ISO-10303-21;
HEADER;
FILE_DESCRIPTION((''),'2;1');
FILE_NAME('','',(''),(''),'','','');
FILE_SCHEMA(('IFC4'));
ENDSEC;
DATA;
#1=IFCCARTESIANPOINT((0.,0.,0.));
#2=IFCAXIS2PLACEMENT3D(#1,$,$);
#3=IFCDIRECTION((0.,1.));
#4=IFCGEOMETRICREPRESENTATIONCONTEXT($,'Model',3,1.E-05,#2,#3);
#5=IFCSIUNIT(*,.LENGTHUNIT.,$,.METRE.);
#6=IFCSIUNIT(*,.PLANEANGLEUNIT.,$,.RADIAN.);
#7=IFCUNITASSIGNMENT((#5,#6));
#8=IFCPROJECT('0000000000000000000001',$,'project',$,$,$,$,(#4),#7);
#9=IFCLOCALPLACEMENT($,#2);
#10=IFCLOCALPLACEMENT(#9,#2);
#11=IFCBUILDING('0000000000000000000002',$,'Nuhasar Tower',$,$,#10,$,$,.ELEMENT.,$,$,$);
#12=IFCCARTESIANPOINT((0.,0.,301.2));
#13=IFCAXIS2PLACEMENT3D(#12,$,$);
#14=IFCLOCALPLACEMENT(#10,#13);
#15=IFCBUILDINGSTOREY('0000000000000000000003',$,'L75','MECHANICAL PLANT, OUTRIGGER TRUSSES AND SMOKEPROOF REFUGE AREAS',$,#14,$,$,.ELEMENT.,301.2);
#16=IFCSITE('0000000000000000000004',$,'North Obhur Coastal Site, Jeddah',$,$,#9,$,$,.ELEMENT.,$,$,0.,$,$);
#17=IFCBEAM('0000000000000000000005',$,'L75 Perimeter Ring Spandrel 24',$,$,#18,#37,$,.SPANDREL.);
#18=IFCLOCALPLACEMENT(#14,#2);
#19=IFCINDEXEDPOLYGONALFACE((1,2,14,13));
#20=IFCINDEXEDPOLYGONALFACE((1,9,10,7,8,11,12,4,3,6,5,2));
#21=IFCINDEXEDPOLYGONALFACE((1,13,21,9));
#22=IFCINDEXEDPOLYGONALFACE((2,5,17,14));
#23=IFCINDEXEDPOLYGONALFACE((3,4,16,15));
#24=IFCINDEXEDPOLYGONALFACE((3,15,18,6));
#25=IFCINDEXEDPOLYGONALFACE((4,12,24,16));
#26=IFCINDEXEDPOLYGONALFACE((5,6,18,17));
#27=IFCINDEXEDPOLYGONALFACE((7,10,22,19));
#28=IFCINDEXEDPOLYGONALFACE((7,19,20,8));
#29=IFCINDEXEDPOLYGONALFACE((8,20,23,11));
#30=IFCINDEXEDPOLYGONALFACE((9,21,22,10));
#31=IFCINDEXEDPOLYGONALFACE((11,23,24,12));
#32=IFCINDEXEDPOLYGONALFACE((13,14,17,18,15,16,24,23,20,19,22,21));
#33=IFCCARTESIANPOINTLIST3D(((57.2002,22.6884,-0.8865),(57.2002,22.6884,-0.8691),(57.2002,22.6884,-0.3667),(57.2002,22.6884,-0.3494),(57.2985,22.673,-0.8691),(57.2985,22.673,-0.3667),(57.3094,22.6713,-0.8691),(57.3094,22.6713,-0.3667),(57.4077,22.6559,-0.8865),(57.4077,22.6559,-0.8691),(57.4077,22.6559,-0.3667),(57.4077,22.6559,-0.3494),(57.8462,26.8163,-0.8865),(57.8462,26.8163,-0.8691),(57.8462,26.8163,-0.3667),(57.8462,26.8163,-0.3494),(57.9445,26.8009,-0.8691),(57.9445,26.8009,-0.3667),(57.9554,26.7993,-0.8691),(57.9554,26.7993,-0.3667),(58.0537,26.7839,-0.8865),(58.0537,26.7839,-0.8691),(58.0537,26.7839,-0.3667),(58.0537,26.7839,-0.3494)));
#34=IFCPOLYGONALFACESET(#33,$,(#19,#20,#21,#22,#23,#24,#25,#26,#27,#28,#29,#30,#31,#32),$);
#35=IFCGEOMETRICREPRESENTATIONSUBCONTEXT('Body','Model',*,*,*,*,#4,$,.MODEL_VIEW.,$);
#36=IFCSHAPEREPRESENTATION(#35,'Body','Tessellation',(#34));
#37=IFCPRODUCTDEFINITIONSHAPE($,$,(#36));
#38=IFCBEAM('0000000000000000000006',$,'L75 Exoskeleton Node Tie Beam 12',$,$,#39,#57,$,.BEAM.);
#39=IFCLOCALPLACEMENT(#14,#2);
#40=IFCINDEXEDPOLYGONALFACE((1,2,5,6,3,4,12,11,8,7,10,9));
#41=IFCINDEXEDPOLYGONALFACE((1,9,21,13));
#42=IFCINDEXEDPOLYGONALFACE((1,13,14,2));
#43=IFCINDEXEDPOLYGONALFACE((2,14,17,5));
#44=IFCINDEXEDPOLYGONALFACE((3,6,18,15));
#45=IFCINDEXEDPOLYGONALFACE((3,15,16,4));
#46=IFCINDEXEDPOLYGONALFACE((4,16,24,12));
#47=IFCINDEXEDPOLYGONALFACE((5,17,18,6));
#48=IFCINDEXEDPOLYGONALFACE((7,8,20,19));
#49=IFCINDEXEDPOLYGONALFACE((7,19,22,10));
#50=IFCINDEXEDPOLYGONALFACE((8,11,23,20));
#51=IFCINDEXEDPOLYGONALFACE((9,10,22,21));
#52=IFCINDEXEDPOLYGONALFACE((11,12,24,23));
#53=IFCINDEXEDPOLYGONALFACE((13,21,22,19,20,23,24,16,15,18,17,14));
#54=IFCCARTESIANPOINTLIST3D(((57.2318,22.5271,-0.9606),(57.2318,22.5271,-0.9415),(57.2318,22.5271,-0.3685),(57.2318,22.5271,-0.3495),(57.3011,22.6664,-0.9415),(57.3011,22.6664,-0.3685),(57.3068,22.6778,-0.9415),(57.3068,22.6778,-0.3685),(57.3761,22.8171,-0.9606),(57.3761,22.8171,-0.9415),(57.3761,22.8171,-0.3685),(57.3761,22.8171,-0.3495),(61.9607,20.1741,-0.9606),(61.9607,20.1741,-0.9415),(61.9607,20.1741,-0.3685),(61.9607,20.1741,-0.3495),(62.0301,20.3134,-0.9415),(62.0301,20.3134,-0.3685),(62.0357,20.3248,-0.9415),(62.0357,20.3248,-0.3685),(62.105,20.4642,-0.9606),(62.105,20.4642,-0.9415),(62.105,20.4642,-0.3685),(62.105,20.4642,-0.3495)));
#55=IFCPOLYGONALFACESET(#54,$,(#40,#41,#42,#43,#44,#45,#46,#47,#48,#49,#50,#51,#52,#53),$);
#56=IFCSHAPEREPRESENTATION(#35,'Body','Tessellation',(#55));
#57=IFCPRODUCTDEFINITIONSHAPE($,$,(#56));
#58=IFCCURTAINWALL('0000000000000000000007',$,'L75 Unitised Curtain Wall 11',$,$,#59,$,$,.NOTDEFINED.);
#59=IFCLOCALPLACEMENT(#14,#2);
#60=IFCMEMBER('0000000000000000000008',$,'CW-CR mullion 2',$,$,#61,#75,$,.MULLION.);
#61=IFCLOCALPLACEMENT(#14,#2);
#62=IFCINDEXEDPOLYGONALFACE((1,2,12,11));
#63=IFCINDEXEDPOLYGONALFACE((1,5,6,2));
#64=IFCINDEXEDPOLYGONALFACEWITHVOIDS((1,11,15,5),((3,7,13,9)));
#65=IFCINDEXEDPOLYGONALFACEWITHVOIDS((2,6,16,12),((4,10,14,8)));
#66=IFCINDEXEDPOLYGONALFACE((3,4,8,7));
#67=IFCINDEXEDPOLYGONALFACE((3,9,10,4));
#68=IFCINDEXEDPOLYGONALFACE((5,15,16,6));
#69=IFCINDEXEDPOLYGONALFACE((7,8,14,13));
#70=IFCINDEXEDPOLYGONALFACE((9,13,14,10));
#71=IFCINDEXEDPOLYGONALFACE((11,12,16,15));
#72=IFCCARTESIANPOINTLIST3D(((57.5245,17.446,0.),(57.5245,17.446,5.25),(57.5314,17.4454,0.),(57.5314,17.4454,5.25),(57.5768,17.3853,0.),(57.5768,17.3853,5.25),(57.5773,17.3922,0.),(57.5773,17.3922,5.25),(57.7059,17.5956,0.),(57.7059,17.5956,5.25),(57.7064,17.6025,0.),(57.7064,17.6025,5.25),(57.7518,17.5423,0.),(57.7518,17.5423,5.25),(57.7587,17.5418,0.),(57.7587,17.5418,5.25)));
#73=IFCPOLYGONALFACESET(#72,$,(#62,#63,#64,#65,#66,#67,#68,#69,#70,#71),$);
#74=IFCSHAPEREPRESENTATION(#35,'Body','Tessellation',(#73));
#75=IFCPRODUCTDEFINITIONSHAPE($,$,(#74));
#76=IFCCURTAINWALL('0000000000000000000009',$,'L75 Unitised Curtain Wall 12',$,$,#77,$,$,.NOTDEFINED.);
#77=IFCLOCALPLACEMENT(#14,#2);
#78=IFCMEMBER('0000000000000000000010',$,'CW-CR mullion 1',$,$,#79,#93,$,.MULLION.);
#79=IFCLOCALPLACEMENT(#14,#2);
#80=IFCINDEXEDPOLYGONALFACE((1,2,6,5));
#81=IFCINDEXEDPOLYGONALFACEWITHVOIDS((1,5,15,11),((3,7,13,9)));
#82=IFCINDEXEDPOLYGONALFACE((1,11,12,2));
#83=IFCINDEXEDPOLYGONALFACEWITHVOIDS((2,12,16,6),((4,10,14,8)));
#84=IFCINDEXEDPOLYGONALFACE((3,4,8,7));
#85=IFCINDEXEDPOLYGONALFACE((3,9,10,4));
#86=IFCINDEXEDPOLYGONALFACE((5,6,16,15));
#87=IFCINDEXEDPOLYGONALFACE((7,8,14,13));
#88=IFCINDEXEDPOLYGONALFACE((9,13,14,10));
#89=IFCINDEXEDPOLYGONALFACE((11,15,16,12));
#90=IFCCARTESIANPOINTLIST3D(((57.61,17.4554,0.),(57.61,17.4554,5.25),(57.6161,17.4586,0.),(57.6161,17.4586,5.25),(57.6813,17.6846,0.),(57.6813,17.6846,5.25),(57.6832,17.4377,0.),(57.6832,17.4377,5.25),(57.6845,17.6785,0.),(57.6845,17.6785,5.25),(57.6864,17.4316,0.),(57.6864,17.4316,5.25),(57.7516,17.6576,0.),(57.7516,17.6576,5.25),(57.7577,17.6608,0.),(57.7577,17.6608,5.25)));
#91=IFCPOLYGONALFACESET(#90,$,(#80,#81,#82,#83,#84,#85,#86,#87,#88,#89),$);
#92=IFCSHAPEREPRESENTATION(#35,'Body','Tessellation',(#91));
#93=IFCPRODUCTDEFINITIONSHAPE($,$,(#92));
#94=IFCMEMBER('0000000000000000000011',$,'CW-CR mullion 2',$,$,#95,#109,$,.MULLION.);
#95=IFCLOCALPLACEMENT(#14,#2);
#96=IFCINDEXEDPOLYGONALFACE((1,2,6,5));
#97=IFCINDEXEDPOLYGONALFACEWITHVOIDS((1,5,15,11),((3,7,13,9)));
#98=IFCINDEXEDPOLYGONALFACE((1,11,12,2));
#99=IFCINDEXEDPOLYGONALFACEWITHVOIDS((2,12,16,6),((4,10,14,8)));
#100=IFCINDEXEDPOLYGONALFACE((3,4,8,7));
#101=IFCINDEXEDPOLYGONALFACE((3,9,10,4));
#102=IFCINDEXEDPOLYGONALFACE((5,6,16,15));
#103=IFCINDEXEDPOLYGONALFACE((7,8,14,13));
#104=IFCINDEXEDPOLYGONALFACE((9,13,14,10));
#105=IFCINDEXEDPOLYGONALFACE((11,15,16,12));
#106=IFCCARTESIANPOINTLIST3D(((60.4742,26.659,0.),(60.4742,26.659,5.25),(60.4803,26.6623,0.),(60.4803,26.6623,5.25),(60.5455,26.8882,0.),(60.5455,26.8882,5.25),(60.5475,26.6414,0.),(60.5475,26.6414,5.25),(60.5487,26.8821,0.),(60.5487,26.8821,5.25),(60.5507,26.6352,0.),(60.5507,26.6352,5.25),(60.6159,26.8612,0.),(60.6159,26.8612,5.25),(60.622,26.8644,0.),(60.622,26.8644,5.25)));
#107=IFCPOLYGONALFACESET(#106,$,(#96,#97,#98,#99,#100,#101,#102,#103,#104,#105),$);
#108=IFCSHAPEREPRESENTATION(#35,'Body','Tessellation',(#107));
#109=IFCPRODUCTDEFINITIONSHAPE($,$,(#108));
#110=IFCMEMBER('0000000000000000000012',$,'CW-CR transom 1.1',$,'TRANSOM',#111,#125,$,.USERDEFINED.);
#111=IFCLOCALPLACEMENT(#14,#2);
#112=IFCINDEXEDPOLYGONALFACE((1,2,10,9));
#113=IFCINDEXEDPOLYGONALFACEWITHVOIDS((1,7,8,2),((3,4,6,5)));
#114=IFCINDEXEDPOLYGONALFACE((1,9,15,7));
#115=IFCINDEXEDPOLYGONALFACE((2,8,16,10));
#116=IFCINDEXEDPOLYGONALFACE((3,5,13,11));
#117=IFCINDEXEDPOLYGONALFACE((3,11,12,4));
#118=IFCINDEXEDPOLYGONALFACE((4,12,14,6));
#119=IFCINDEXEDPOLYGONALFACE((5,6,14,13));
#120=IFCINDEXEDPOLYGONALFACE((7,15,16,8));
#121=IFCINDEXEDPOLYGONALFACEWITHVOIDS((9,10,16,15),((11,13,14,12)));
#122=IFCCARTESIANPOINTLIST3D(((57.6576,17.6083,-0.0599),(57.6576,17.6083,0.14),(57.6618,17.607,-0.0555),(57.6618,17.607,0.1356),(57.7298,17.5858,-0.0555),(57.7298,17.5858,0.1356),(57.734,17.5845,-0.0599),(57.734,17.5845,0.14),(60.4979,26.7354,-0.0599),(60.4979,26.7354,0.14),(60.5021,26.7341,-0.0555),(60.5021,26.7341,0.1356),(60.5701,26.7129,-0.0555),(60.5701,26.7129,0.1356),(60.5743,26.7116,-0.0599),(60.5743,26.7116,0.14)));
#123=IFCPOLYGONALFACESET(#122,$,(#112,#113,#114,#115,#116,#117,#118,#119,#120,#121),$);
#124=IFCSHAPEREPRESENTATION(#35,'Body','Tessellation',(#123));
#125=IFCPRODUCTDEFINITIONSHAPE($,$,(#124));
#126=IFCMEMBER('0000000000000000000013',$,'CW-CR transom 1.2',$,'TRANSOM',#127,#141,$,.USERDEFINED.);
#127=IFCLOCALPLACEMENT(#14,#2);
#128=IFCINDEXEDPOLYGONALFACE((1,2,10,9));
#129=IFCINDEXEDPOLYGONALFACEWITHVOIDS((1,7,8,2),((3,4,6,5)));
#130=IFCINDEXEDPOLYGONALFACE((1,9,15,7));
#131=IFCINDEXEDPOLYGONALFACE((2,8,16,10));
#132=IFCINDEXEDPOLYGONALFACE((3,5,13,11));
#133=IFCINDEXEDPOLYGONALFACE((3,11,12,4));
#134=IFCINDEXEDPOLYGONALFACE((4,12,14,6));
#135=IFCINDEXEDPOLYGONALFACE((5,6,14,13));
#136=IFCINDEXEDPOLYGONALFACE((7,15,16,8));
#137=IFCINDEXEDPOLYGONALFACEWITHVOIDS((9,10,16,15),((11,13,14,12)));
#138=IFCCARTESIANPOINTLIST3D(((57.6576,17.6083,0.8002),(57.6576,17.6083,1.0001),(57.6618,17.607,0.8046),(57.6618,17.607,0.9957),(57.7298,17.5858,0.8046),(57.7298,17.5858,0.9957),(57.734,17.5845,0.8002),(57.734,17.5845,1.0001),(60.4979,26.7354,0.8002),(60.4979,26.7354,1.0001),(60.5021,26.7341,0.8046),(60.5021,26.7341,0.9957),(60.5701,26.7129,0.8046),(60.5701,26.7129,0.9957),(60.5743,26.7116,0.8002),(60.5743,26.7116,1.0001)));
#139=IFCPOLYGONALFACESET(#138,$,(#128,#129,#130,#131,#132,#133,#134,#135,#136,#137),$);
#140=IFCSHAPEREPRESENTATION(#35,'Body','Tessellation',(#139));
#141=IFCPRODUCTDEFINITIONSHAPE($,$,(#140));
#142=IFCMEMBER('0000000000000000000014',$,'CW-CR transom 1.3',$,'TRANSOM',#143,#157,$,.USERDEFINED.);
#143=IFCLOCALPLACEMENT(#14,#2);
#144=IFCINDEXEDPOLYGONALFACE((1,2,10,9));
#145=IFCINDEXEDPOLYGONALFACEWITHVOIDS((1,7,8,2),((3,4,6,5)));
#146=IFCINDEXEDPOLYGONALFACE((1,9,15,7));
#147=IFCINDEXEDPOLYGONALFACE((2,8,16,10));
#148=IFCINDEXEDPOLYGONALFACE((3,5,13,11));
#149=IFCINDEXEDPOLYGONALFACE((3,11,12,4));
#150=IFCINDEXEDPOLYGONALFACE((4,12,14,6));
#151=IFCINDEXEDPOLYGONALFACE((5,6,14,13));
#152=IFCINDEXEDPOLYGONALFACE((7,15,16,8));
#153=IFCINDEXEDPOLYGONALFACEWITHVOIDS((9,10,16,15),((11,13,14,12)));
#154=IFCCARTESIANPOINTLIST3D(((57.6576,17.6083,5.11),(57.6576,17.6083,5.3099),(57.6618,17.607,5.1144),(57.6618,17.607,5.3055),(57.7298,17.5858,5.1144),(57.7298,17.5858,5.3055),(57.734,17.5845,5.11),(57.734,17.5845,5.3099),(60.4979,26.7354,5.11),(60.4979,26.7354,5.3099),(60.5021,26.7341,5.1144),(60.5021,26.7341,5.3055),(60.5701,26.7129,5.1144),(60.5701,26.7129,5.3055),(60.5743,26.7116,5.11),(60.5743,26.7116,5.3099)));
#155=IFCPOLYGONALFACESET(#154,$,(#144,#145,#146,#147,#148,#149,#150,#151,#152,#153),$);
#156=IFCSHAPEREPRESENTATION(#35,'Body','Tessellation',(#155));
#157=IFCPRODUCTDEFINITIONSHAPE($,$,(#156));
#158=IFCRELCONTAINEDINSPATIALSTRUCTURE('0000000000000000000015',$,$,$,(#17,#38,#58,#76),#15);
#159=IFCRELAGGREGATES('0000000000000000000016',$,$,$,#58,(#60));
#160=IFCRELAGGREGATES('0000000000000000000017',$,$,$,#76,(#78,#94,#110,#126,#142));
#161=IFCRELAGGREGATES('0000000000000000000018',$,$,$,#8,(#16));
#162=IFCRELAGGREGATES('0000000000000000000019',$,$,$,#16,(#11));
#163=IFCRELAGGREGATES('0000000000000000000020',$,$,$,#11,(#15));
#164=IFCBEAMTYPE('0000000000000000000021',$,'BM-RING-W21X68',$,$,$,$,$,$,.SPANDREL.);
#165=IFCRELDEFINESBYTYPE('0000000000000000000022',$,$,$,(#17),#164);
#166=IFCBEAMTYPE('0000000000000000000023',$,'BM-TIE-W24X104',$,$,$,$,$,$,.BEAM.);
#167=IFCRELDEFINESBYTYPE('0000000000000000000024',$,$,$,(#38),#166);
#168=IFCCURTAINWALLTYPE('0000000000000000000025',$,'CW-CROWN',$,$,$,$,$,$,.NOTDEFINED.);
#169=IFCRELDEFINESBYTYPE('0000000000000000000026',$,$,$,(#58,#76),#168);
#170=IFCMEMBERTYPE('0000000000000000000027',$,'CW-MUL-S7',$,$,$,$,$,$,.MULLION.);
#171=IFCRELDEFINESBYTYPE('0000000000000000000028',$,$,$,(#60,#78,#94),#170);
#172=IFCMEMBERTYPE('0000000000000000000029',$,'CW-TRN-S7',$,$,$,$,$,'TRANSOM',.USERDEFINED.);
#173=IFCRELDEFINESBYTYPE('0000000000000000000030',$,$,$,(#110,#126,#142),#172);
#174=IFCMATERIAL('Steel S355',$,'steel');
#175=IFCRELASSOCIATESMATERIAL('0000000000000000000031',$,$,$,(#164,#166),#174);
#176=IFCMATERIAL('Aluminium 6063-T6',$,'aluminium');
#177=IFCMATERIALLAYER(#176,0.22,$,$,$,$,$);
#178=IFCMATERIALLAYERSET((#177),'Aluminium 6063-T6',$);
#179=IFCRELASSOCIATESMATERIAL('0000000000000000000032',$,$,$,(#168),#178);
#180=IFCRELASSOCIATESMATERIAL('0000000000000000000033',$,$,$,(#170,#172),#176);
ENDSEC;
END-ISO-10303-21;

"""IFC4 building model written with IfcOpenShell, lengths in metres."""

from ifc_helpers import new_model, si_unit, direction, frame, origin, origin_2d, place, context, subcontext, project, spatial, hollow_rectangle, i_section, extrude, material, layer, layer_set, material_profile, profile_set, type_object, element, aggregate, save


model = new_model("IFC4")

# Units and contexts
model_context = context("Model", 3, precision=1e-05, world=origin(), true_north=direction((0.0, 1.0)))
body_context = subcontext(model_context, "Body", "Model", "MODEL_VIEW")
ifc_project = project(units=[si_unit("LENGTHUNIT", "METRE"), si_unit("PLANEANGLEUNIT", "RADIAN")], contexts=[model_context])

# Site, building, storey
site_placement = place(None, origin())
site = spatial("IfcSite", under=ifc_project, at=site_placement, Name="North Obhur Coastal Site, Jeddah", CompositionType="ELEMENT", RefElevation=0.0)
building_placement = place(site_placement, origin())
building = spatial("IfcBuilding", under=site, at=building_placement, Name="Nuhasar Tower", CompositionType="ELEMENT")
storey_placement = place(building_placement, frame((0.0, 0.0, 301.2)))
storey = spatial("IfcBuildingStorey", under=building, at=storey_placement, Name="L75", Description="MECHANICAL PLANT, OUTRIGGER TRUSSES AND SMOKEPROOF REFUGE AREAS", CompositionType="ELEMENT", Elevation=301.2)

# Beams
ifc_material_1 = material(Name="Steel S355", Category="steel")
ifc_material_profile_1 = material_profile(ifc_material_1, i_section(OverallWidth=0.21, OverallDepth=0.5371, WebThickness=0.011, FlangeThickness=0.0173, at=origin_2d()), Name="W21X68")
ifc_profile_set_1 = profile_set([ifc_material_profile_1], Name="Steel S355")
beam_type_1 = type_object("IfcBeamType", Name="BM-RING-W21X68", PredefinedType="SPANDREL", material=ifc_profile_set_1)
beam_1_placement = place(storey_placement, frame((57.304, 22.6721, -0.6179), z_axis=(0.154612, 0.987975, 0.0), x_axis=(-0.987975, 0.154612, 0.0)))
element("IfcBeam", 1, at=beam_1_placement, inside=storey, type_object=beam_type_1, Name="L75 Perimeter Ring Spandrel 24", PredefinedType="SPANDREL", context=body_context, shape_type="SweptSolid", body=[
    extrude(i_section(OverallWidth=0.21, OverallDepth=0.5371, WebThickness=0.011, FlangeThickness=0.0173, at=origin_2d()), origin(), (0.0, 0.0, 1.0), 4.1782),
])
ifc_material_profile_2 = material_profile(ifc_material_1, i_section(OverallWidth=0.324, OverallDepth=0.6111, WebThickness=0.0127, FlangeThickness=0.019, at=origin_2d()), Name="W24X104")
ifc_profile_set_2 = profile_set([ifc_material_profile_2], Name="Steel S355")
beam_type_2 = type_object("IfcBeamType", Name="BM-TIE-W24X104", PredefinedType="BEAM", material=ifc_profile_set_2)
beam_2_placement = place(storey_placement, frame((57.304, 22.6721, -0.655), z_axis=(0.895294, -0.445475, 0.0), x_axis=(0.445475, 0.895294, 0.0)))
element("IfcBeam", 2, at=beam_2_placement, inside=storey, type_object=beam_type_2, Name="L75 Exoskeleton Node Tie Beam 12", PredefinedType="BEAM", context=body_context, shape_type="SweptSolid", body=[
    extrude(i_section(OverallWidth=0.324, OverallDepth=0.6111, WebThickness=0.0127, FlangeThickness=0.019, at=origin_2d()), origin(), (0.0, 0.0, 1.0), 5.282),
])

# Curtain wall, member
ifc_material_2 = material(Name="Aluminium 6063-T6", Category="aluminium")
ifc_layer_1 = layer(ifc_material_2, 0.22)
ifc_layer_set_1 = layer_set([ifc_layer_1], Name="Aluminium 6063-T6")
curtain_wall_type = type_object("IfcCurtainWallType", Name="CW-CROWN", PredefinedType="NOTDEFINED", material=ifc_layer_set_1)
curtain_wall_1_placement = place(storey_placement, origin())
curtain_wall_1 = element("IfcCurtainWall", 3, at=curtain_wall_1_placement, inside=storey, type_object=curtain_wall_type, Name="L75 Unitised Curtain Wall 11", PredefinedType="NOTDEFINED")
ifc_material_profile_3 = material_profile(ifc_material_2, hollow_rectangle(XDim=0.0801, YDim=0.24, WallThickness=0.0049, at=origin_2d()), Name="CWM-7")
ifc_profile_set_3 = profile_set([ifc_material_profile_3], Name="Aluminium 6063-T6")
member_type_1 = type_object("IfcMemberType", Name="CW-MUL-S7", PredefinedType="MULLION", material=ifc_profile_set_3)
member_1_placement = place(storey_placement, frame((57.6416, 17.4939, 0.0), z_axis=(0.0, 0.0, 1.0), x_axis=(-0.652364, 0.757906, 0.0)))
member_1 = element("IfcMember", 4, at=member_1_placement, type_object=member_type_1, Name="CW-CR mullion 2", PredefinedType="MULLION", context=body_context, shape_type="SweptSolid", body=[
    extrude(hollow_rectangle(XDim=0.0801, YDim=0.24, WallThickness=0.0049, at=origin_2d()), origin(), (0.0, 0.0, 1.0), 5.25),
])
aggregate(curtain_wall_1, [member_1])

# Curtain wall, members
curtain_wall_2_placement = place(storey_placement, origin())
curtain_wall_2 = element("IfcCurtainWall", 5, at=curtain_wall_2_placement, inside=storey, type_object=curtain_wall_type, Name="L75 Unitised Curtain Wall 12", PredefinedType="NOTDEFINED")
member_2_placement = place(storey_placement, frame((57.6838, 17.5581, 0.0), z_axis=(0.0, 0.0, 1.0), x_axis=(-0.954831, 0.29715, 0.0)))
member_2 = element("IfcMember", 6, at=member_2_placement, type_object=member_type_1, Name="CW-CR mullion 1", PredefinedType="MULLION", context=body_context, shape_type="SweptSolid", body=[
    extrude(hollow_rectangle(XDim=0.0801, YDim=0.24, WallThickness=0.0049, at=origin_2d()), origin(), (0.0, 0.0, 1.0), 5.25),
])
member_3_placement = place(storey_placement, frame((60.5481, 26.7617, 0.0), z_axis=(0.0, 0.0, 1.0), x_axis=(-0.954831, 0.29715, 0.0)))
member_3 = element("IfcMember", 7, at=member_3_placement, type_object=member_type_1, Name="CW-CR mullion 2", PredefinedType="MULLION", context=body_context, shape_type="SweptSolid", body=[
    extrude(hollow_rectangle(XDim=0.0801, YDim=0.24, WallThickness=0.0049, at=origin_2d()), origin(), (0.0, 0.0, 1.0), 5.25),
])
ifc_material_profile_4 = material_profile(ifc_material_2, hollow_rectangle(XDim=0.0801, YDim=0.2, WallThickness=0.0044, at=origin_2d()), Name="CWT-7")
ifc_profile_set_4 = profile_set([ifc_material_profile_4], Name="Aluminium 6063-T6")
member_type_2 = type_object("IfcMemberType", Name="CW-TRN-S7", ElementType="TRANSOM", PredefinedType="USERDEFINED", material=ifc_profile_set_4)
member_4_placement = place(storey_placement, frame((57.6958, 17.5964, 0.04), z_axis=(0.297139, 0.954834, 0.0), x_axis=(-0.954834, 0.297139, 0.0)))
member_4 = element("IfcMember", 8, at=member_4_placement, type_object=member_type_2, Name="CW-CR transom 1.1", ObjectType="TRANSOM", PredefinedType="USERDEFINED", context=body_context, shape_type="SweptSolid", body=[
    extrude(hollow_rectangle(XDim=0.0801, YDim=0.2, WallThickness=0.0044, at=origin_2d()), origin(), (0.0, 0.0, 1.0), 9.5588),
])
member_5_placement = place(storey_placement, frame((57.6958, 17.5964, 0.9001), z_axis=(0.297139, 0.954834, 0.0), x_axis=(-0.954834, 0.297139, 0.0)))
member_5 = element("IfcMember", 9, at=member_5_placement, type_object=member_type_2, Name="CW-CR transom 1.2", ObjectType="TRANSOM", PredefinedType="USERDEFINED", context=body_context, shape_type="SweptSolid", body=[
    extrude(hollow_rectangle(XDim=0.0801, YDim=0.2, WallThickness=0.0044, at=origin_2d()), origin(), (0.0, 0.0, 1.0), 9.5588),
])
member_6_placement = place(storey_placement, frame((57.6958, 17.5964, 5.21), z_axis=(0.297139, 0.954834, 0.0), x_axis=(-0.954834, 0.297139, 0.0)))
member_6 = element("IfcMember", 10, at=member_6_placement, type_object=member_type_2, Name="CW-CR transom 1.3", ObjectType="TRANSOM", PredefinedType="USERDEFINED", context=body_context, shape_type="SweptSolid", body=[
    extrude(hollow_rectangle(XDim=0.0801, YDim=0.2, WallThickness=0.0044, at=origin_2d()), origin(), (0.0, 0.0, 1.0), 9.5588),
])

aggregate(curtain_wall_2, [member_2, member_3, member_4, member_5, member_6])

save(model, "model.ifc")
